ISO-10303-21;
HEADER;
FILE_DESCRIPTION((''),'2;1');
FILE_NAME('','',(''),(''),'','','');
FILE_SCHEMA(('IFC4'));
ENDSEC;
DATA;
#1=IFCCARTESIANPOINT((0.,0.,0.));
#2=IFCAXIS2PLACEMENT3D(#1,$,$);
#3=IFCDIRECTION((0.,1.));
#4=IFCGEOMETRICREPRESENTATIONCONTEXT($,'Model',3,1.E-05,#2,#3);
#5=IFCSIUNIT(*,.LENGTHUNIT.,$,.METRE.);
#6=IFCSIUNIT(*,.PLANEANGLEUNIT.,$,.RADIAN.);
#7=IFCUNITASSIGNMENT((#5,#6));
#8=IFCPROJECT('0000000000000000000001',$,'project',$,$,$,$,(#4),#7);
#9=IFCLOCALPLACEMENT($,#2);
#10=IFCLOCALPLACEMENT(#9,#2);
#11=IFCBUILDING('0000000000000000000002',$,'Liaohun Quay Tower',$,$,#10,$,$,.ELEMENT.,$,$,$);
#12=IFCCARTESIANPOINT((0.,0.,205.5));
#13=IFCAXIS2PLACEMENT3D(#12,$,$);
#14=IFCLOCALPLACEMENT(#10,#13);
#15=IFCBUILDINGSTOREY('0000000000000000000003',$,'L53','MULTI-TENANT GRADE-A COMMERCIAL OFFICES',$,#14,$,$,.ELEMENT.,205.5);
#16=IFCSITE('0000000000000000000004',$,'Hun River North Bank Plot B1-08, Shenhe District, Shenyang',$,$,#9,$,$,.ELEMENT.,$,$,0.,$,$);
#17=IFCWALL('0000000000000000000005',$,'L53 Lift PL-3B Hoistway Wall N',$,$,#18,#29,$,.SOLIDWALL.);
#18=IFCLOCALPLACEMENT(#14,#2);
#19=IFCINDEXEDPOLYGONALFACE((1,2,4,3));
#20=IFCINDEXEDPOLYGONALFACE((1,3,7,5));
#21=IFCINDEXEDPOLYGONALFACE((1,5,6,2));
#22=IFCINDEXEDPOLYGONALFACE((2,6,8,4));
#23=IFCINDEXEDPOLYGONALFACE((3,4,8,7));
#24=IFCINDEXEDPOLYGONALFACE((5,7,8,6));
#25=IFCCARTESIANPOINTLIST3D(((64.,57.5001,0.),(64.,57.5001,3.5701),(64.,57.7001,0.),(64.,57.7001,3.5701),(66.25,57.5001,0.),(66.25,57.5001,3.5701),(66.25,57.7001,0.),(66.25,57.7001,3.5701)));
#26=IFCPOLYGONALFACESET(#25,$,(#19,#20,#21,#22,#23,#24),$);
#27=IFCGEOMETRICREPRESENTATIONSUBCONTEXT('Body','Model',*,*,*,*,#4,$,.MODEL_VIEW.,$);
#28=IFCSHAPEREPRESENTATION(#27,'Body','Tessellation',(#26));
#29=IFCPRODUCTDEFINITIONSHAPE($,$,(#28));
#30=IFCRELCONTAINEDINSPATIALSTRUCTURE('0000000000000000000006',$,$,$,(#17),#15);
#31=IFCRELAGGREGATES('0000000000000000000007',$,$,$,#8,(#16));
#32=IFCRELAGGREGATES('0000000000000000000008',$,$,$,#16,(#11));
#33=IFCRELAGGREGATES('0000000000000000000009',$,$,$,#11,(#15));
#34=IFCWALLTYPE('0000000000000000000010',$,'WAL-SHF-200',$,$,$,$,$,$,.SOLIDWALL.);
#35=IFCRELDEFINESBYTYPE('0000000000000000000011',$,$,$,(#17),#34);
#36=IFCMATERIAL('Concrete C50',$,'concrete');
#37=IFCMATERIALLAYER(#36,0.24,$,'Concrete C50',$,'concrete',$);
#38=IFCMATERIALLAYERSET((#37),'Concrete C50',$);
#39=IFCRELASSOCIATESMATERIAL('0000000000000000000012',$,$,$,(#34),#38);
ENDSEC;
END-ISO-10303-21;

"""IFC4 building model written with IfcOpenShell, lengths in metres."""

from ifc_helpers import new_model, si_unit, direction, frame, frame_2d, origin, place, context, subcontext, project, spatial, rectangle, extrude, material, layer, layer_set, type_object, element, save


model = new_model("IFC4")

# Units and contexts
model_context = context("Model", 3, precision=1e-05, world=origin(), true_north=direction((0.0, 1.0)))
body_context = subcontext(model_context, "Body", "Model", "MODEL_VIEW")
ifc_project = project(units=[si_unit("LENGTHUNIT", "METRE"), si_unit("PLANEANGLEUNIT", "RADIAN")], contexts=[model_context])

# Site, building, storey
site_placement = place(None, origin())
site = spatial("IfcSite", under=ifc_project, at=site_placement, Name="Hun River North Bank Plot B1-08, Shenhe District, Shenyang", CompositionType="ELEMENT", RefElevation=0.0)
building_placement = place(site_placement, origin())
building = spatial("IfcBuilding", under=site, at=building_placement, Name="Liaohun Quay Tower", CompositionType="ELEMENT")
storey_placement = place(building_placement, frame((0.0, 0.0, 205.5)))
storey = spatial("IfcBuildingStorey", under=building, at=storey_placement, Name="L53", Description="MULTI-TENANT GRADE-A COMMERCIAL OFFICES", CompositionType="ELEMENT", Elevation=205.5)

# Wall
ifc_material_1 = material(Name="Concrete C50", Category="concrete")
ifc_layer_1 = layer(ifc_material_1, 0.24, Name="Concrete C50", Category="concrete")
ifc_layer_set_1 = layer_set([ifc_layer_1], Name="Concrete C50")
wall_type_1 = type_object("IfcWallType", Name="WAL-SHF-200", PredefinedType="SOLIDWALL", material=ifc_layer_set_1)
wall_1_placement = place(storey_placement, frame((66.25, 57.6001, 0.0), z_axis=(0.0, 0.0, 1.0), x_axis=(-1.0, 0.0, 0.0)))
element("IfcWall", 1, at=wall_1_placement, inside=storey, type_object=wall_type_1, Name="L53 Lift PL-3B Hoistway Wall N", PredefinedType="SOLIDWALL", context=body_context, shape_type="SweptSolid", body=[
    extrude(rectangle(XDim=2.25, YDim=0.2, at=frame_2d((1.125, 0.0))), origin(), (0.0, 0.0, 1.0), 3.5701),
])

save(model, "model.ifc")
